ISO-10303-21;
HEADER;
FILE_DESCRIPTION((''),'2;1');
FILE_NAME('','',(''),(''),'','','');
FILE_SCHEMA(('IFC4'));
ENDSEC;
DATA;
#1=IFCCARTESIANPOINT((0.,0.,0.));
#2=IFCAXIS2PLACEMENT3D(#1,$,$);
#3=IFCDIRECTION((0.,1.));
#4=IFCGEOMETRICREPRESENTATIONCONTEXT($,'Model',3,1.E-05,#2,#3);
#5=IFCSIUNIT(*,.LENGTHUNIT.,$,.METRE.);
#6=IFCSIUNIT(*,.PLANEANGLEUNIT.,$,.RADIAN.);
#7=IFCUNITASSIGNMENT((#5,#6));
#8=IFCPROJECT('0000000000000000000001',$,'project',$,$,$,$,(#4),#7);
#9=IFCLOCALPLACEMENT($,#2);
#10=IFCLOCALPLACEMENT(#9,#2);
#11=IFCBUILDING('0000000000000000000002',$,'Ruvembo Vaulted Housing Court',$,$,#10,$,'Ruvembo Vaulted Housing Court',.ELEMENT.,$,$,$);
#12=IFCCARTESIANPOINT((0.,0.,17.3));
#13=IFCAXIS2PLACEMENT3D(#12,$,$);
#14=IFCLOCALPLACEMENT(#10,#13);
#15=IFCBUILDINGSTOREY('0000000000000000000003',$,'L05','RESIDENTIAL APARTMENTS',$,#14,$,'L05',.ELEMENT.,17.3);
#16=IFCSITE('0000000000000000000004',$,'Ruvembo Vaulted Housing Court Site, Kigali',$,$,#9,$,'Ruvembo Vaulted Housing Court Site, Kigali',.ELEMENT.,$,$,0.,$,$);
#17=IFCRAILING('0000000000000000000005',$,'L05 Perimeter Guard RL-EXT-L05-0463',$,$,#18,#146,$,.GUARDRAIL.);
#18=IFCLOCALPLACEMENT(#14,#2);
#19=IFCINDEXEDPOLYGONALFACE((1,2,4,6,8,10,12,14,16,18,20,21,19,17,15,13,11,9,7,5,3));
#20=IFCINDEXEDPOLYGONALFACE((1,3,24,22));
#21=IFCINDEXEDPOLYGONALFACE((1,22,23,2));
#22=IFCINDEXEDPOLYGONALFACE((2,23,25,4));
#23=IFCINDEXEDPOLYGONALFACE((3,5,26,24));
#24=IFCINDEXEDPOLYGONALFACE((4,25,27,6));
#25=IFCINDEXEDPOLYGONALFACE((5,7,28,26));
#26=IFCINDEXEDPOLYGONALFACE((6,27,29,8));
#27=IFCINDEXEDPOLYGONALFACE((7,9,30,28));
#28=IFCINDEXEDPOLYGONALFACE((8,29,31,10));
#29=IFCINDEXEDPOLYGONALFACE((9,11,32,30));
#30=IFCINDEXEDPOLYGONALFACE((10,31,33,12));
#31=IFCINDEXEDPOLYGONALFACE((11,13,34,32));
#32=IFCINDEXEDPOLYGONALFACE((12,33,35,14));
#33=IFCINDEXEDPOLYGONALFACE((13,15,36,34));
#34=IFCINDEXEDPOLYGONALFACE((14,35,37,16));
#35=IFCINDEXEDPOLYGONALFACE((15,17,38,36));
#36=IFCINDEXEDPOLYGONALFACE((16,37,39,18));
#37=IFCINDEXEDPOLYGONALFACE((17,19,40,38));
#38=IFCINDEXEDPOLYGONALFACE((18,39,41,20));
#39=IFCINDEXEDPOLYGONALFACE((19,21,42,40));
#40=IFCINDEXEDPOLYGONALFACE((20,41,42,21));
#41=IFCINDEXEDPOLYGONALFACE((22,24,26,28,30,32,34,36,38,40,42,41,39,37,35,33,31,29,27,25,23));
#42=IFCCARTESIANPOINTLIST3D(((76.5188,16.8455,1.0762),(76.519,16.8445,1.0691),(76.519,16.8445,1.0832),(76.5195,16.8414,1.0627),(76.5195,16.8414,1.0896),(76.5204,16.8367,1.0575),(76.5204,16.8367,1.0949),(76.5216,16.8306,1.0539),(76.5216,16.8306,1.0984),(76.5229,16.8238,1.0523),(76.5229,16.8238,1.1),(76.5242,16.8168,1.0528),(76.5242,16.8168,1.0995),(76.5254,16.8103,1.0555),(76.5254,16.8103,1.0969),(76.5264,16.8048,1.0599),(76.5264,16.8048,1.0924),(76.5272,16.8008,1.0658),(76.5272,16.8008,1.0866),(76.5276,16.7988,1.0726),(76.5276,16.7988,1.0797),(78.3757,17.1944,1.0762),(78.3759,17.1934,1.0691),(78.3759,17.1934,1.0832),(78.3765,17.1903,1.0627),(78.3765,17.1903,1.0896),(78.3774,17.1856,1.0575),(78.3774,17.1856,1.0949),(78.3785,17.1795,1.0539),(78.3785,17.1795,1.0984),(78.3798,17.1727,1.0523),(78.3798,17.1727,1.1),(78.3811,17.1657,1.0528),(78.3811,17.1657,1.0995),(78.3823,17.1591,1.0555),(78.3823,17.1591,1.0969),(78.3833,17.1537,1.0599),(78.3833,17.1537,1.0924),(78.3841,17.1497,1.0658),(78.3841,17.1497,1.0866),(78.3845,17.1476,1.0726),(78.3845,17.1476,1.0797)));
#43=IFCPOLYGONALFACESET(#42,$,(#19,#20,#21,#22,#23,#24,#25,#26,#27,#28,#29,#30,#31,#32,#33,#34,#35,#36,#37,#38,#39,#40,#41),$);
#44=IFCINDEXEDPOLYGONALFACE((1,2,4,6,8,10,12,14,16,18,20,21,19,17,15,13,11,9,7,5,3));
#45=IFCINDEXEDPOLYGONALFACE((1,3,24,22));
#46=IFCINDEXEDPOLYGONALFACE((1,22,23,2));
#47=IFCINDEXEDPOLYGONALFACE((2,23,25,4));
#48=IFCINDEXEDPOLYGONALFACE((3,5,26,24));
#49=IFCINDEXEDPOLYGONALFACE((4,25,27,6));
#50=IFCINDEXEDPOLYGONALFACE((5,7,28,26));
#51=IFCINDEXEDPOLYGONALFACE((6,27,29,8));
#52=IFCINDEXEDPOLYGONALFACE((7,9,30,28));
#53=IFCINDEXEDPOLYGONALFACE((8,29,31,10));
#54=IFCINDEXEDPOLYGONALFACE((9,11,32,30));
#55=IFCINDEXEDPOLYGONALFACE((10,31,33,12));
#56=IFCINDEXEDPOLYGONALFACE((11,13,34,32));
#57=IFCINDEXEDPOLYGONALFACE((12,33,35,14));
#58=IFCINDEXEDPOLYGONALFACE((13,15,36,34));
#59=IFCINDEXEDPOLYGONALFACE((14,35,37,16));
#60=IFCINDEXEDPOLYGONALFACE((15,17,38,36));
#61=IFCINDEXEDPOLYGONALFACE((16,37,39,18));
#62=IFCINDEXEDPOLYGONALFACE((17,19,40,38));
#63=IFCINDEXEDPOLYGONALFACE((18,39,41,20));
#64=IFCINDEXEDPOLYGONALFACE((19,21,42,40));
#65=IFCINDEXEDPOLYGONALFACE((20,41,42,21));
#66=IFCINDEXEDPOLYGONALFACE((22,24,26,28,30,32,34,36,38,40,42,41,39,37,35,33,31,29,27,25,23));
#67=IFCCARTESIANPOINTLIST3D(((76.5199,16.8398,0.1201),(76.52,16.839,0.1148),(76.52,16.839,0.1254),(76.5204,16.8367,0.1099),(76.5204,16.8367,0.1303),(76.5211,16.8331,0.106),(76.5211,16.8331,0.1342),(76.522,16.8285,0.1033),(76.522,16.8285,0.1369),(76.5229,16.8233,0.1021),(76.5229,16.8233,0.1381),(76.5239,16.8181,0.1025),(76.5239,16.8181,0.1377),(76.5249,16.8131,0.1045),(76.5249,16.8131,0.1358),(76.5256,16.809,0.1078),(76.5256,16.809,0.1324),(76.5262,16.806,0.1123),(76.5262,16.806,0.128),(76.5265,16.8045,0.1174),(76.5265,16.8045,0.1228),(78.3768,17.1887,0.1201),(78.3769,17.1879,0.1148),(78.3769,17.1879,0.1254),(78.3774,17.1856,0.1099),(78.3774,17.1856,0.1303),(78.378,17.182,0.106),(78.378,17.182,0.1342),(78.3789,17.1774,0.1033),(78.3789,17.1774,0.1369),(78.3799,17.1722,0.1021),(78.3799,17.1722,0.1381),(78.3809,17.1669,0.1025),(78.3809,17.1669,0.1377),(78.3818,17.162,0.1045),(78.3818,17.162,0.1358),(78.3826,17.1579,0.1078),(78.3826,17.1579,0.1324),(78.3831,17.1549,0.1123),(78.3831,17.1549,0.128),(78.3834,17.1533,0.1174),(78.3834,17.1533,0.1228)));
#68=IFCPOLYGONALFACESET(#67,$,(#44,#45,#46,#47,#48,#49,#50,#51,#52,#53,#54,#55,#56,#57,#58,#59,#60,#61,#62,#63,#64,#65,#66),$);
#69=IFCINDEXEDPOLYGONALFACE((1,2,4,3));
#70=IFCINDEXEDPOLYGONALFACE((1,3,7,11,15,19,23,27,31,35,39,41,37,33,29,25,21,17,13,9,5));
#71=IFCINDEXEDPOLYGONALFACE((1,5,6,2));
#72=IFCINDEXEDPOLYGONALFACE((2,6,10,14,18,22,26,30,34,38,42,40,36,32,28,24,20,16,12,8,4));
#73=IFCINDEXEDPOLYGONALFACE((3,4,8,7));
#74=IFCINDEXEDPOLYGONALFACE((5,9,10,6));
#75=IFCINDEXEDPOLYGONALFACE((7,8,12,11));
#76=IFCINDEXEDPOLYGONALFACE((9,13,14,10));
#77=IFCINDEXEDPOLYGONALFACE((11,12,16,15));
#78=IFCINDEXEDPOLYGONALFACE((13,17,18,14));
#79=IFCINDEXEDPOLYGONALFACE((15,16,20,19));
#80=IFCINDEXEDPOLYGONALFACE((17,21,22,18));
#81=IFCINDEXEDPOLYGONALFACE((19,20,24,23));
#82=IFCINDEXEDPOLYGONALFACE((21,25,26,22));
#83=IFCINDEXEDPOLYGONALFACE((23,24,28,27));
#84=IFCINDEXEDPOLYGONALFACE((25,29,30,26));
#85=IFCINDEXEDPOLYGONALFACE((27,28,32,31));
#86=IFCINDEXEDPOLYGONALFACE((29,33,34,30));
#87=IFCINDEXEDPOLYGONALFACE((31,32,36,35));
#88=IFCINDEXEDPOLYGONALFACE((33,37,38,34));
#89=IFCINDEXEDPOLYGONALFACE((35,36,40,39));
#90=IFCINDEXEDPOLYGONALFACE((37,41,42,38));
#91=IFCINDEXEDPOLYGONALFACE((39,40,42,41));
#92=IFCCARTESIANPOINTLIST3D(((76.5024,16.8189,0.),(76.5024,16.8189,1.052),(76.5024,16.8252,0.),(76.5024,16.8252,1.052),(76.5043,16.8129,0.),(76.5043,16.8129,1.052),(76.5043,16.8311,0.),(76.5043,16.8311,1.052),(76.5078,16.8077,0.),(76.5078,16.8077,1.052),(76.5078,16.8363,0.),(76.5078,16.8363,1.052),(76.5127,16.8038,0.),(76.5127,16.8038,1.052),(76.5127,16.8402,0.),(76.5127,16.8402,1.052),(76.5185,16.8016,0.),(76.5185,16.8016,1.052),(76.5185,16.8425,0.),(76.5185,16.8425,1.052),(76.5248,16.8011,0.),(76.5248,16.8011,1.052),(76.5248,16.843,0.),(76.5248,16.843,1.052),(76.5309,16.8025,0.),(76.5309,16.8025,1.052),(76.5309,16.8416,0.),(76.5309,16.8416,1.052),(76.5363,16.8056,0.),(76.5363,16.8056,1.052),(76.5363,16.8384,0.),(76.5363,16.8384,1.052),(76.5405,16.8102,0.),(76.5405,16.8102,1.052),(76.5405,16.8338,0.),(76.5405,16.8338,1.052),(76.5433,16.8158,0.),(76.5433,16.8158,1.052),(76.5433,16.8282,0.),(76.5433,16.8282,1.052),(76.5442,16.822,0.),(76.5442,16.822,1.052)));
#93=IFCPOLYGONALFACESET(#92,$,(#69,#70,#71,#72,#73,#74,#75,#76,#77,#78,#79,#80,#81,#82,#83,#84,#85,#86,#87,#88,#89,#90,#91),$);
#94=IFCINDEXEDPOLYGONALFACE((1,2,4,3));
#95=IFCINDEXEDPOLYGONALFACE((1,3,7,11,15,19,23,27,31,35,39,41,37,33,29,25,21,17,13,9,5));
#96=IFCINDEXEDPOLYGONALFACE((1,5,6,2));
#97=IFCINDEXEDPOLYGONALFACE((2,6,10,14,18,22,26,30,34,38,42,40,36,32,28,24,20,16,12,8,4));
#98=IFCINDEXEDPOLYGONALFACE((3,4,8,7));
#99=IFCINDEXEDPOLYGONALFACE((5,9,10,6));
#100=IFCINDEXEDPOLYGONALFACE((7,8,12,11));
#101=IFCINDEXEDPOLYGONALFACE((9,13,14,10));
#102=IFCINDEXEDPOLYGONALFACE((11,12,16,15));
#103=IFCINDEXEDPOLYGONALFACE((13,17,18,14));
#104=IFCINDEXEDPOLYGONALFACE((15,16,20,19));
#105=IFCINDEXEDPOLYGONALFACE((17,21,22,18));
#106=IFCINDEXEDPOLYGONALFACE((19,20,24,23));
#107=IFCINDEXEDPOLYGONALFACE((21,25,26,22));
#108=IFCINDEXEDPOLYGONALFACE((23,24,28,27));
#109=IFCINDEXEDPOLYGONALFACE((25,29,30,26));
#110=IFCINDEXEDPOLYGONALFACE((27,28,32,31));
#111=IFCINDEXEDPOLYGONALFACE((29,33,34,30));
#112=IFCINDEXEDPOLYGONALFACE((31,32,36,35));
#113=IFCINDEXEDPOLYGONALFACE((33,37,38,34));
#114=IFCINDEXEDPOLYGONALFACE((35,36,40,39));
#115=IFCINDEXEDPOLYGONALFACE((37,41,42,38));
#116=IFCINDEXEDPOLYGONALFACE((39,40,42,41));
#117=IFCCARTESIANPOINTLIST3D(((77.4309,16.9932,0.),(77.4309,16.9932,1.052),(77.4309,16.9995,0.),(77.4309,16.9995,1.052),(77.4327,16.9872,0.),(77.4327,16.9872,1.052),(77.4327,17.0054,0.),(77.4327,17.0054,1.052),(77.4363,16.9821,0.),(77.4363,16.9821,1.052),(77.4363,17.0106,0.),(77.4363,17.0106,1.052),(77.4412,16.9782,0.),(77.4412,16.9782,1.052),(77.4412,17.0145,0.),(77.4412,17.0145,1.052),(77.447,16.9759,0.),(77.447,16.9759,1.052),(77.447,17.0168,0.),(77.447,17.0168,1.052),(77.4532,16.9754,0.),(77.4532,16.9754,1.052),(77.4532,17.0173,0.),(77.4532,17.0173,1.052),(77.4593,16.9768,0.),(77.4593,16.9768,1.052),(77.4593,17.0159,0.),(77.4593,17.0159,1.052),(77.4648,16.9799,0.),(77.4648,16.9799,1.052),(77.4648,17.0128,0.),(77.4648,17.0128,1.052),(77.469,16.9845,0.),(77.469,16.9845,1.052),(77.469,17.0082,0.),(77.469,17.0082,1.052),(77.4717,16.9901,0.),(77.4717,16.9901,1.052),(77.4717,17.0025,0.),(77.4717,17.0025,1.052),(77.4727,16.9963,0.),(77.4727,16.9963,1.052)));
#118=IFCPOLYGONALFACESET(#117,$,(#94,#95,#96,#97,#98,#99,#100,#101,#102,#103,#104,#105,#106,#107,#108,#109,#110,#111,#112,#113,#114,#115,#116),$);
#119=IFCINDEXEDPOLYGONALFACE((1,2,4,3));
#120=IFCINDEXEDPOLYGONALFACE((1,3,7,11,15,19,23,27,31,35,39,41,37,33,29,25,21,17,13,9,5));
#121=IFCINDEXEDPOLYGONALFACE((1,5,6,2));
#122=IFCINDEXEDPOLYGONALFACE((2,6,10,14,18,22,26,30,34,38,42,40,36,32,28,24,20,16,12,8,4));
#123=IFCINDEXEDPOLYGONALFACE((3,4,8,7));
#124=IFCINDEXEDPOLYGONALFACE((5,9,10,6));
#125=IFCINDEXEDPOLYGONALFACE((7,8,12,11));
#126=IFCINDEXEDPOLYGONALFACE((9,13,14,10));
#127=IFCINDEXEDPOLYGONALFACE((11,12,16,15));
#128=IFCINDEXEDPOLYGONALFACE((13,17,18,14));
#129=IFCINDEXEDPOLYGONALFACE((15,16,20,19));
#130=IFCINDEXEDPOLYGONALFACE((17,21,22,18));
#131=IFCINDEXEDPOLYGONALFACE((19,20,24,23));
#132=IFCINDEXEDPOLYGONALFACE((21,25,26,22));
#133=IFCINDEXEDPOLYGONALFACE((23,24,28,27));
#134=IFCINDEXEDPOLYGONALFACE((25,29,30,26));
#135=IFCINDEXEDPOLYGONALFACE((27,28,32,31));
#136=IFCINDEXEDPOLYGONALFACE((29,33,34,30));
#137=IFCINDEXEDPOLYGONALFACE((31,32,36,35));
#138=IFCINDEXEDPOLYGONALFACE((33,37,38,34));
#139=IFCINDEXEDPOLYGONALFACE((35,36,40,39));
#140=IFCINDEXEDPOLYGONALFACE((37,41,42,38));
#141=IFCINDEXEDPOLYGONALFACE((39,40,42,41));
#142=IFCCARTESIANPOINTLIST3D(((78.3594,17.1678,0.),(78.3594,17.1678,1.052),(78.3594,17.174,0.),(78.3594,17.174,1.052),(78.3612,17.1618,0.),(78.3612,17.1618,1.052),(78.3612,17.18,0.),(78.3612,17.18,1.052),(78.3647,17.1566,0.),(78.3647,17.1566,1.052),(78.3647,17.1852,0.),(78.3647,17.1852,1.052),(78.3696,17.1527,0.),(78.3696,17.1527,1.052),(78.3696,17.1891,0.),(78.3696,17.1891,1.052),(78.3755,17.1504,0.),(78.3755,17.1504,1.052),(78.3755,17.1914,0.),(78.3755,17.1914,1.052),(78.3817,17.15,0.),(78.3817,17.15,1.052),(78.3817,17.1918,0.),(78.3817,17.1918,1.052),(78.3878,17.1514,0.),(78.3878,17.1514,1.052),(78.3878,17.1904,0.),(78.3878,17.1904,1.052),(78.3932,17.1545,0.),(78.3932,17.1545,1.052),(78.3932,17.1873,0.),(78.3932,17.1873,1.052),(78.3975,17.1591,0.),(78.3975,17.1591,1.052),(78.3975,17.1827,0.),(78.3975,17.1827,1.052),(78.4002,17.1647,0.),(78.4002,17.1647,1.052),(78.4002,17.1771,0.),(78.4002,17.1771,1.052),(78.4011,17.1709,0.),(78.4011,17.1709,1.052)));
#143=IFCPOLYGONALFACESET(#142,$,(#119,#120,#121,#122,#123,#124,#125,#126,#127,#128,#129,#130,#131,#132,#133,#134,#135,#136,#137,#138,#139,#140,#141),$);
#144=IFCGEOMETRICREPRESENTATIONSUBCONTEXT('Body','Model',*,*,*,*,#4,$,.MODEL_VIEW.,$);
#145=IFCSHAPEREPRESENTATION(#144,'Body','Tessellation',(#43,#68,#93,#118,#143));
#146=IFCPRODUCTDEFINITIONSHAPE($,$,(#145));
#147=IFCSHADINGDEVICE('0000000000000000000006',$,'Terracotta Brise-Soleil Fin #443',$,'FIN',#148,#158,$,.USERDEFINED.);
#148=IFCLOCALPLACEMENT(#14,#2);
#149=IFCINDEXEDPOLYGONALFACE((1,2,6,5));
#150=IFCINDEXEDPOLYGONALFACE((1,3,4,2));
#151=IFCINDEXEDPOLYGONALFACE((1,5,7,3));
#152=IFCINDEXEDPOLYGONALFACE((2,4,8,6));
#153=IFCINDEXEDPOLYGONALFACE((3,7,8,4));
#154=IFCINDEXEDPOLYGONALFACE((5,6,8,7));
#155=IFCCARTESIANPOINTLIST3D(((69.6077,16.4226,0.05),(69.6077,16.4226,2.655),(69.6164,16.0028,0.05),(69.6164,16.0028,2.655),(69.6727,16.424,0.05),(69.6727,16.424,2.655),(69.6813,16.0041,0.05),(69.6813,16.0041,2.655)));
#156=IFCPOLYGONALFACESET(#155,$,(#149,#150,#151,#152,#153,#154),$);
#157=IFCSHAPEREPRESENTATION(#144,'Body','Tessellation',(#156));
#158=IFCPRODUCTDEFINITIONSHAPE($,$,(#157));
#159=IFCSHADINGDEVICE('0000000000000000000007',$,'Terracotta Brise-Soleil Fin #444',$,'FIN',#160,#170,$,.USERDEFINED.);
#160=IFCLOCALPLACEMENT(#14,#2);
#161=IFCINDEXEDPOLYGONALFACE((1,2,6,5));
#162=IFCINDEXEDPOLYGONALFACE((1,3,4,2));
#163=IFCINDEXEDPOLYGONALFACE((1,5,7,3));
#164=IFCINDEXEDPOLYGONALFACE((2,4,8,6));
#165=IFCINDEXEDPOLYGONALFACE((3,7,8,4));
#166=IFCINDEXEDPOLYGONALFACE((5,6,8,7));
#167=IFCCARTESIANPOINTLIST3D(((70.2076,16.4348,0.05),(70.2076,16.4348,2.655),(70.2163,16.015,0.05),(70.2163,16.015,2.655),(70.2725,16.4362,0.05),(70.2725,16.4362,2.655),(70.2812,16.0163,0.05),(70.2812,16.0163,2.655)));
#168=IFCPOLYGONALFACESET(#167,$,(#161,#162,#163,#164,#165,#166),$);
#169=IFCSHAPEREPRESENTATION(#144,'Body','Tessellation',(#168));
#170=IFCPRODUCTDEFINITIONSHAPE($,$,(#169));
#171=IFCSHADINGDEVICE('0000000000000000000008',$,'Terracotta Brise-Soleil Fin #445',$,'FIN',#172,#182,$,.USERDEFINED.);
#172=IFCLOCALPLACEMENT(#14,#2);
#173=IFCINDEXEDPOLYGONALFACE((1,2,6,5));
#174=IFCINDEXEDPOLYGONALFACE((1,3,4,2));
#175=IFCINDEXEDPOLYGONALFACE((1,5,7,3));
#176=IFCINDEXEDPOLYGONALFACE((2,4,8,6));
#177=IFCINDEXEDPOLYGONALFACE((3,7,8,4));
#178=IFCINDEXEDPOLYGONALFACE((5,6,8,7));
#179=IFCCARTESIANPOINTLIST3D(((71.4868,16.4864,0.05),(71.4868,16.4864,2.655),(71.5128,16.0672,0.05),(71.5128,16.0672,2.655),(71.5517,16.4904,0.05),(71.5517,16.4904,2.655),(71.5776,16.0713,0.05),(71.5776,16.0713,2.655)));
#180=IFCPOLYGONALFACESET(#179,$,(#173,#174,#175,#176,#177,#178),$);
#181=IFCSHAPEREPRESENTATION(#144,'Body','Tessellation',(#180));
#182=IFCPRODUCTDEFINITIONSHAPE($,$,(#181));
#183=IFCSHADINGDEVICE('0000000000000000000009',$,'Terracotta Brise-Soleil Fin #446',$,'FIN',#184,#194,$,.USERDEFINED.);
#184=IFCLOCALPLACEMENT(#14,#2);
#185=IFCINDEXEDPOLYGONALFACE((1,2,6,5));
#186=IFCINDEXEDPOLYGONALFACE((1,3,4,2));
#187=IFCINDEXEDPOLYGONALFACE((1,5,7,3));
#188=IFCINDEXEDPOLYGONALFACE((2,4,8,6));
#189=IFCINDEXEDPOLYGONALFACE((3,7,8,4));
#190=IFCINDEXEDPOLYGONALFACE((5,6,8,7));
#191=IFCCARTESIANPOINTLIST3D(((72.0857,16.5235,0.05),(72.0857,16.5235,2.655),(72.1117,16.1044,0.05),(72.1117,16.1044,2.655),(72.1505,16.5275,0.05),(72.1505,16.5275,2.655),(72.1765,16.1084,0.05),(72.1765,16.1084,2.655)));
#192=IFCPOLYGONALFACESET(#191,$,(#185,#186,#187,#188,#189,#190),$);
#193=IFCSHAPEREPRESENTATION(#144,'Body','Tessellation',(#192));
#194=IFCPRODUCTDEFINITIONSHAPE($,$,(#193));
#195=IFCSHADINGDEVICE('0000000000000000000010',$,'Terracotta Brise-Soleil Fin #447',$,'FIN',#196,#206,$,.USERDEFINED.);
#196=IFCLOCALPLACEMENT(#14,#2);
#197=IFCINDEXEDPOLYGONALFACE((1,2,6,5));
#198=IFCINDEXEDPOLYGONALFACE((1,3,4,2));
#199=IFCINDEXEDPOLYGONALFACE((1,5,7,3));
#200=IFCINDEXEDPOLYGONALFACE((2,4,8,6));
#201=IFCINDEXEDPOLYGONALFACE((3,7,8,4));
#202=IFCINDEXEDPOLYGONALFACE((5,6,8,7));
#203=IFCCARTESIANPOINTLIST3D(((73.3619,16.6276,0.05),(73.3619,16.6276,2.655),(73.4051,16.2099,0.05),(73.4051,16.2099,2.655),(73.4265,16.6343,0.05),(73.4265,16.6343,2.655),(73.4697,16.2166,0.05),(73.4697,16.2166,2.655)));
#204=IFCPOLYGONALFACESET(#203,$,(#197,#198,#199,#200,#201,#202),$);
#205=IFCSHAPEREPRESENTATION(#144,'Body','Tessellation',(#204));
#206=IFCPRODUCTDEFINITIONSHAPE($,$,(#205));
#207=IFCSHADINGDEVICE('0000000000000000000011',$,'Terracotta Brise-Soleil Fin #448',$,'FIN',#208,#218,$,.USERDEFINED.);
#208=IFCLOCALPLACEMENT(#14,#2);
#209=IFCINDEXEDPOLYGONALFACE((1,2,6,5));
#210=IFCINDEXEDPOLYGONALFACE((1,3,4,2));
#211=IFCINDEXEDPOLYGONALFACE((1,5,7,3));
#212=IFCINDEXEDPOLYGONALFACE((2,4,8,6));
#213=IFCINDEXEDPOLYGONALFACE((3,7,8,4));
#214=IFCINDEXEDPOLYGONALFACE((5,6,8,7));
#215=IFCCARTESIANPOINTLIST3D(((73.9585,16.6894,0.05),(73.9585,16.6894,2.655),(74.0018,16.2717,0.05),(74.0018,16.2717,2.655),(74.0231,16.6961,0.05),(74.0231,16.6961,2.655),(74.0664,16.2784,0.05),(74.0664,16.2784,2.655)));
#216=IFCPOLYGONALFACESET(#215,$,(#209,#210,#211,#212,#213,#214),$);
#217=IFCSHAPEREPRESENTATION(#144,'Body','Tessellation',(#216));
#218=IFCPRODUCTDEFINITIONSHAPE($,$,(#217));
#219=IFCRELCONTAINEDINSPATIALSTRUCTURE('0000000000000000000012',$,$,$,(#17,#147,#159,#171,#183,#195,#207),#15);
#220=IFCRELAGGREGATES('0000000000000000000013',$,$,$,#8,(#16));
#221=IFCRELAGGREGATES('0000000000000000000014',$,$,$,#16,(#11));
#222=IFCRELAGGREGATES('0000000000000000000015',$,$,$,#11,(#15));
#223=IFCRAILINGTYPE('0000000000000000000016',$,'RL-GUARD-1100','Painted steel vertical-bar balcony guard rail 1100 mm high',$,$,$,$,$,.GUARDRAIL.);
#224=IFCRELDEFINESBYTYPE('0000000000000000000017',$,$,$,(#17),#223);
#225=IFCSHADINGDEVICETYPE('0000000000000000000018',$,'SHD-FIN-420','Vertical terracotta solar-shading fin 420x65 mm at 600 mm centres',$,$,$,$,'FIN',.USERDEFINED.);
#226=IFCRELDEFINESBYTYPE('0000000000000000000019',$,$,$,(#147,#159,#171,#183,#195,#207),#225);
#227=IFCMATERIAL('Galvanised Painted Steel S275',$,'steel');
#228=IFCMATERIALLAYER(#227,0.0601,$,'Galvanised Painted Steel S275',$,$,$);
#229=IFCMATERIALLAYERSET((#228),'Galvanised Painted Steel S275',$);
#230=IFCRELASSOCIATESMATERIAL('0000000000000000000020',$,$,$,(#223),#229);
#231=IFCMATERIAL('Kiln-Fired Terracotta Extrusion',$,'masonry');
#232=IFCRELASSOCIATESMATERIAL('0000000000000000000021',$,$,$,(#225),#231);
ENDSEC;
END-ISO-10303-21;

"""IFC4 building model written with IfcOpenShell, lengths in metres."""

from ifc_helpers import new_model, si_unit, direction, frame, origin, origin_2d, place, context, subcontext, project, spatial, rectangle, circle, extrude, material, layer, layer_set, type_object, element, save


model = new_model("IFC4")

# Units and contexts
model_context = context("Model", 3, precision=1e-05, world=origin(), true_north=direction((0.0, 1.0)))
body_context = subcontext(model_context, "Body", "Model", "MODEL_VIEW")
ifc_project = project(units=[si_unit("LENGTHUNIT", "METRE"), si_unit("PLANEANGLEUNIT", "RADIAN")], contexts=[model_context])

# Site, building, storey
site_placement = place(None, origin())
site = spatial("IfcSite", under=ifc_project, at=site_placement, Name="Ruvembo Vaulted Housing Court Site, Kigali", LongName="Ruvembo Vaulted Housing Court Site, Kigali", CompositionType="ELEMENT", RefElevation=0.0)
building_placement = place(site_placement, origin())
building = spatial("IfcBuilding", under=site, at=building_placement, Name="Ruvembo Vaulted Housing Court", LongName="Ruvembo Vaulted Housing Court", CompositionType="ELEMENT")
storey_placement = place(building_placement, frame((0.0, 0.0, 17.3)))
storey = spatial("IfcBuildingStorey", under=building, at=storey_placement, Name="L05", Description="RESIDENTIAL APARTMENTS", LongName="L05", CompositionType="ELEMENT", Elevation=17.3)

# Railing
ifc_material_1 = material(Name="Galvanised Painted Steel S275", Category="steel")
ifc_layer = layer(ifc_material_1, 0.0601, Name="Galvanised Painted Steel S275")
ifc_layer_set = layer_set([ifc_layer], Name="Galvanised Painted Steel S275")
railing_type = type_object("IfcRailingType", Name="RL-GUARD-1100", Description="Painted steel vertical-bar balcony guard rail 1100 mm high", PredefinedType="GUARDRAIL", material=ifc_layer_set)
railing_1_placement = place(storey_placement, frame((76.5232, 16.822, 0.0)))
element("IfcRailing", 1, at=railing_1_placement, inside=storey, type_object=railing_type, Name="L05 Perimeter Guard RL-EXT-L05-0463", PredefinedType="GUARDRAIL", context=body_context, shape_type="SweptSolid", body=[
    extrude(circle(Radius=0.0239, at=origin_2d()), frame((0.0, 0.0, 1.0762), z_axis=(0.982805, 0.184647, 0.0), x_axis=(-0.184647, 0.982805, 0.0)), (0.0, 0.0, 1.0), 1.8894),
    extrude(circle(Radius=0.0181, at=origin_2d()), frame((0.0, 0.0, 0.1201), z_axis=(0.982805, 0.184647, 0.0), x_axis=(-0.184647, 0.982805, 0.0)), (0.0, 0.0, 1.0), 1.8894),
    extrude(circle(Radius=0.021, at=origin_2d()), origin(), (0.0, 0.0, 1.0), 1.052),
    extrude(circle(Radius=0.021, at=origin_2d()), frame((0.9285, 0.1743, 0.0)), (0.0, 0.0, 1.0), 1.052),
    extrude(circle(Radius=0.021, at=origin_2d()), frame((1.8569, 0.3489, 0.0)), (0.0, 0.0, 1.0), 1.052),
])

# Shading devices
ifc_material_2 = material(Name="Kiln-Fired Terracotta Extrusion", Category="masonry")
shading_device_type = type_object("IfcShadingDeviceType", Name="SHD-FIN-420", Description="Vertical terracotta solar-shading fin 420x65 mm at 600 mm centres", ElementType="FIN", PredefinedType="USERDEFINED", material=ifc_material_2)
for number, where, z_axis, x_axis, name in (
    (2, (69.6445, 16.2134, 0.05), (0.0, 0.0, 1.0), (0.020646, -0.999787, 0.0), "Terracotta Brise-Soleil Fin #443"),
    (3, (70.2444, 16.2256, 0.05), (0.0, 0.0, 1.0), (0.020646, -0.999787, 0.0), "Terracotta Brise-Soleil Fin #444"),
    (4, (71.5322, 16.2788, 0.05), (0.0, 0.0, 1.0), (0.061832, -0.998087, 0.0), "Terracotta Brise-Soleil Fin #445"),
    (5, (72.1311, 16.3159, 0.05), (0.0, 0.0, 1.0), (0.061832, -0.998087, 0.0), "Terracotta Brise-Soleil Fin #446"),
    (6, (73.4158, 16.4221, 0.05), (0.0, 0.0, 1.0), (0.102949, -0.994687, 0.0), "Terracotta Brise-Soleil Fin #447"),
    (7, (74.0125, 16.4839, 0.05), (0.0, 0.0, 1.0), (0.102949, -0.994687, 0.0), "Terracotta Brise-Soleil Fin #448"),
):
    element("IfcShadingDevice", number, at=place(storey_placement, frame(where, z_axis=z_axis, x_axis=x_axis)), inside=storey, type_object=shading_device_type, Name=name, ObjectType="FIN", PredefinedType="USERDEFINED", context=body_context, shape_type="SweptSolid", body=[
        extrude(rectangle(XDim=0.4199, YDim=0.0649, at=origin_2d()), origin(), (0.0, 0.0, 1.0), 2.605),
    ])

save(model, "model.ifc")
